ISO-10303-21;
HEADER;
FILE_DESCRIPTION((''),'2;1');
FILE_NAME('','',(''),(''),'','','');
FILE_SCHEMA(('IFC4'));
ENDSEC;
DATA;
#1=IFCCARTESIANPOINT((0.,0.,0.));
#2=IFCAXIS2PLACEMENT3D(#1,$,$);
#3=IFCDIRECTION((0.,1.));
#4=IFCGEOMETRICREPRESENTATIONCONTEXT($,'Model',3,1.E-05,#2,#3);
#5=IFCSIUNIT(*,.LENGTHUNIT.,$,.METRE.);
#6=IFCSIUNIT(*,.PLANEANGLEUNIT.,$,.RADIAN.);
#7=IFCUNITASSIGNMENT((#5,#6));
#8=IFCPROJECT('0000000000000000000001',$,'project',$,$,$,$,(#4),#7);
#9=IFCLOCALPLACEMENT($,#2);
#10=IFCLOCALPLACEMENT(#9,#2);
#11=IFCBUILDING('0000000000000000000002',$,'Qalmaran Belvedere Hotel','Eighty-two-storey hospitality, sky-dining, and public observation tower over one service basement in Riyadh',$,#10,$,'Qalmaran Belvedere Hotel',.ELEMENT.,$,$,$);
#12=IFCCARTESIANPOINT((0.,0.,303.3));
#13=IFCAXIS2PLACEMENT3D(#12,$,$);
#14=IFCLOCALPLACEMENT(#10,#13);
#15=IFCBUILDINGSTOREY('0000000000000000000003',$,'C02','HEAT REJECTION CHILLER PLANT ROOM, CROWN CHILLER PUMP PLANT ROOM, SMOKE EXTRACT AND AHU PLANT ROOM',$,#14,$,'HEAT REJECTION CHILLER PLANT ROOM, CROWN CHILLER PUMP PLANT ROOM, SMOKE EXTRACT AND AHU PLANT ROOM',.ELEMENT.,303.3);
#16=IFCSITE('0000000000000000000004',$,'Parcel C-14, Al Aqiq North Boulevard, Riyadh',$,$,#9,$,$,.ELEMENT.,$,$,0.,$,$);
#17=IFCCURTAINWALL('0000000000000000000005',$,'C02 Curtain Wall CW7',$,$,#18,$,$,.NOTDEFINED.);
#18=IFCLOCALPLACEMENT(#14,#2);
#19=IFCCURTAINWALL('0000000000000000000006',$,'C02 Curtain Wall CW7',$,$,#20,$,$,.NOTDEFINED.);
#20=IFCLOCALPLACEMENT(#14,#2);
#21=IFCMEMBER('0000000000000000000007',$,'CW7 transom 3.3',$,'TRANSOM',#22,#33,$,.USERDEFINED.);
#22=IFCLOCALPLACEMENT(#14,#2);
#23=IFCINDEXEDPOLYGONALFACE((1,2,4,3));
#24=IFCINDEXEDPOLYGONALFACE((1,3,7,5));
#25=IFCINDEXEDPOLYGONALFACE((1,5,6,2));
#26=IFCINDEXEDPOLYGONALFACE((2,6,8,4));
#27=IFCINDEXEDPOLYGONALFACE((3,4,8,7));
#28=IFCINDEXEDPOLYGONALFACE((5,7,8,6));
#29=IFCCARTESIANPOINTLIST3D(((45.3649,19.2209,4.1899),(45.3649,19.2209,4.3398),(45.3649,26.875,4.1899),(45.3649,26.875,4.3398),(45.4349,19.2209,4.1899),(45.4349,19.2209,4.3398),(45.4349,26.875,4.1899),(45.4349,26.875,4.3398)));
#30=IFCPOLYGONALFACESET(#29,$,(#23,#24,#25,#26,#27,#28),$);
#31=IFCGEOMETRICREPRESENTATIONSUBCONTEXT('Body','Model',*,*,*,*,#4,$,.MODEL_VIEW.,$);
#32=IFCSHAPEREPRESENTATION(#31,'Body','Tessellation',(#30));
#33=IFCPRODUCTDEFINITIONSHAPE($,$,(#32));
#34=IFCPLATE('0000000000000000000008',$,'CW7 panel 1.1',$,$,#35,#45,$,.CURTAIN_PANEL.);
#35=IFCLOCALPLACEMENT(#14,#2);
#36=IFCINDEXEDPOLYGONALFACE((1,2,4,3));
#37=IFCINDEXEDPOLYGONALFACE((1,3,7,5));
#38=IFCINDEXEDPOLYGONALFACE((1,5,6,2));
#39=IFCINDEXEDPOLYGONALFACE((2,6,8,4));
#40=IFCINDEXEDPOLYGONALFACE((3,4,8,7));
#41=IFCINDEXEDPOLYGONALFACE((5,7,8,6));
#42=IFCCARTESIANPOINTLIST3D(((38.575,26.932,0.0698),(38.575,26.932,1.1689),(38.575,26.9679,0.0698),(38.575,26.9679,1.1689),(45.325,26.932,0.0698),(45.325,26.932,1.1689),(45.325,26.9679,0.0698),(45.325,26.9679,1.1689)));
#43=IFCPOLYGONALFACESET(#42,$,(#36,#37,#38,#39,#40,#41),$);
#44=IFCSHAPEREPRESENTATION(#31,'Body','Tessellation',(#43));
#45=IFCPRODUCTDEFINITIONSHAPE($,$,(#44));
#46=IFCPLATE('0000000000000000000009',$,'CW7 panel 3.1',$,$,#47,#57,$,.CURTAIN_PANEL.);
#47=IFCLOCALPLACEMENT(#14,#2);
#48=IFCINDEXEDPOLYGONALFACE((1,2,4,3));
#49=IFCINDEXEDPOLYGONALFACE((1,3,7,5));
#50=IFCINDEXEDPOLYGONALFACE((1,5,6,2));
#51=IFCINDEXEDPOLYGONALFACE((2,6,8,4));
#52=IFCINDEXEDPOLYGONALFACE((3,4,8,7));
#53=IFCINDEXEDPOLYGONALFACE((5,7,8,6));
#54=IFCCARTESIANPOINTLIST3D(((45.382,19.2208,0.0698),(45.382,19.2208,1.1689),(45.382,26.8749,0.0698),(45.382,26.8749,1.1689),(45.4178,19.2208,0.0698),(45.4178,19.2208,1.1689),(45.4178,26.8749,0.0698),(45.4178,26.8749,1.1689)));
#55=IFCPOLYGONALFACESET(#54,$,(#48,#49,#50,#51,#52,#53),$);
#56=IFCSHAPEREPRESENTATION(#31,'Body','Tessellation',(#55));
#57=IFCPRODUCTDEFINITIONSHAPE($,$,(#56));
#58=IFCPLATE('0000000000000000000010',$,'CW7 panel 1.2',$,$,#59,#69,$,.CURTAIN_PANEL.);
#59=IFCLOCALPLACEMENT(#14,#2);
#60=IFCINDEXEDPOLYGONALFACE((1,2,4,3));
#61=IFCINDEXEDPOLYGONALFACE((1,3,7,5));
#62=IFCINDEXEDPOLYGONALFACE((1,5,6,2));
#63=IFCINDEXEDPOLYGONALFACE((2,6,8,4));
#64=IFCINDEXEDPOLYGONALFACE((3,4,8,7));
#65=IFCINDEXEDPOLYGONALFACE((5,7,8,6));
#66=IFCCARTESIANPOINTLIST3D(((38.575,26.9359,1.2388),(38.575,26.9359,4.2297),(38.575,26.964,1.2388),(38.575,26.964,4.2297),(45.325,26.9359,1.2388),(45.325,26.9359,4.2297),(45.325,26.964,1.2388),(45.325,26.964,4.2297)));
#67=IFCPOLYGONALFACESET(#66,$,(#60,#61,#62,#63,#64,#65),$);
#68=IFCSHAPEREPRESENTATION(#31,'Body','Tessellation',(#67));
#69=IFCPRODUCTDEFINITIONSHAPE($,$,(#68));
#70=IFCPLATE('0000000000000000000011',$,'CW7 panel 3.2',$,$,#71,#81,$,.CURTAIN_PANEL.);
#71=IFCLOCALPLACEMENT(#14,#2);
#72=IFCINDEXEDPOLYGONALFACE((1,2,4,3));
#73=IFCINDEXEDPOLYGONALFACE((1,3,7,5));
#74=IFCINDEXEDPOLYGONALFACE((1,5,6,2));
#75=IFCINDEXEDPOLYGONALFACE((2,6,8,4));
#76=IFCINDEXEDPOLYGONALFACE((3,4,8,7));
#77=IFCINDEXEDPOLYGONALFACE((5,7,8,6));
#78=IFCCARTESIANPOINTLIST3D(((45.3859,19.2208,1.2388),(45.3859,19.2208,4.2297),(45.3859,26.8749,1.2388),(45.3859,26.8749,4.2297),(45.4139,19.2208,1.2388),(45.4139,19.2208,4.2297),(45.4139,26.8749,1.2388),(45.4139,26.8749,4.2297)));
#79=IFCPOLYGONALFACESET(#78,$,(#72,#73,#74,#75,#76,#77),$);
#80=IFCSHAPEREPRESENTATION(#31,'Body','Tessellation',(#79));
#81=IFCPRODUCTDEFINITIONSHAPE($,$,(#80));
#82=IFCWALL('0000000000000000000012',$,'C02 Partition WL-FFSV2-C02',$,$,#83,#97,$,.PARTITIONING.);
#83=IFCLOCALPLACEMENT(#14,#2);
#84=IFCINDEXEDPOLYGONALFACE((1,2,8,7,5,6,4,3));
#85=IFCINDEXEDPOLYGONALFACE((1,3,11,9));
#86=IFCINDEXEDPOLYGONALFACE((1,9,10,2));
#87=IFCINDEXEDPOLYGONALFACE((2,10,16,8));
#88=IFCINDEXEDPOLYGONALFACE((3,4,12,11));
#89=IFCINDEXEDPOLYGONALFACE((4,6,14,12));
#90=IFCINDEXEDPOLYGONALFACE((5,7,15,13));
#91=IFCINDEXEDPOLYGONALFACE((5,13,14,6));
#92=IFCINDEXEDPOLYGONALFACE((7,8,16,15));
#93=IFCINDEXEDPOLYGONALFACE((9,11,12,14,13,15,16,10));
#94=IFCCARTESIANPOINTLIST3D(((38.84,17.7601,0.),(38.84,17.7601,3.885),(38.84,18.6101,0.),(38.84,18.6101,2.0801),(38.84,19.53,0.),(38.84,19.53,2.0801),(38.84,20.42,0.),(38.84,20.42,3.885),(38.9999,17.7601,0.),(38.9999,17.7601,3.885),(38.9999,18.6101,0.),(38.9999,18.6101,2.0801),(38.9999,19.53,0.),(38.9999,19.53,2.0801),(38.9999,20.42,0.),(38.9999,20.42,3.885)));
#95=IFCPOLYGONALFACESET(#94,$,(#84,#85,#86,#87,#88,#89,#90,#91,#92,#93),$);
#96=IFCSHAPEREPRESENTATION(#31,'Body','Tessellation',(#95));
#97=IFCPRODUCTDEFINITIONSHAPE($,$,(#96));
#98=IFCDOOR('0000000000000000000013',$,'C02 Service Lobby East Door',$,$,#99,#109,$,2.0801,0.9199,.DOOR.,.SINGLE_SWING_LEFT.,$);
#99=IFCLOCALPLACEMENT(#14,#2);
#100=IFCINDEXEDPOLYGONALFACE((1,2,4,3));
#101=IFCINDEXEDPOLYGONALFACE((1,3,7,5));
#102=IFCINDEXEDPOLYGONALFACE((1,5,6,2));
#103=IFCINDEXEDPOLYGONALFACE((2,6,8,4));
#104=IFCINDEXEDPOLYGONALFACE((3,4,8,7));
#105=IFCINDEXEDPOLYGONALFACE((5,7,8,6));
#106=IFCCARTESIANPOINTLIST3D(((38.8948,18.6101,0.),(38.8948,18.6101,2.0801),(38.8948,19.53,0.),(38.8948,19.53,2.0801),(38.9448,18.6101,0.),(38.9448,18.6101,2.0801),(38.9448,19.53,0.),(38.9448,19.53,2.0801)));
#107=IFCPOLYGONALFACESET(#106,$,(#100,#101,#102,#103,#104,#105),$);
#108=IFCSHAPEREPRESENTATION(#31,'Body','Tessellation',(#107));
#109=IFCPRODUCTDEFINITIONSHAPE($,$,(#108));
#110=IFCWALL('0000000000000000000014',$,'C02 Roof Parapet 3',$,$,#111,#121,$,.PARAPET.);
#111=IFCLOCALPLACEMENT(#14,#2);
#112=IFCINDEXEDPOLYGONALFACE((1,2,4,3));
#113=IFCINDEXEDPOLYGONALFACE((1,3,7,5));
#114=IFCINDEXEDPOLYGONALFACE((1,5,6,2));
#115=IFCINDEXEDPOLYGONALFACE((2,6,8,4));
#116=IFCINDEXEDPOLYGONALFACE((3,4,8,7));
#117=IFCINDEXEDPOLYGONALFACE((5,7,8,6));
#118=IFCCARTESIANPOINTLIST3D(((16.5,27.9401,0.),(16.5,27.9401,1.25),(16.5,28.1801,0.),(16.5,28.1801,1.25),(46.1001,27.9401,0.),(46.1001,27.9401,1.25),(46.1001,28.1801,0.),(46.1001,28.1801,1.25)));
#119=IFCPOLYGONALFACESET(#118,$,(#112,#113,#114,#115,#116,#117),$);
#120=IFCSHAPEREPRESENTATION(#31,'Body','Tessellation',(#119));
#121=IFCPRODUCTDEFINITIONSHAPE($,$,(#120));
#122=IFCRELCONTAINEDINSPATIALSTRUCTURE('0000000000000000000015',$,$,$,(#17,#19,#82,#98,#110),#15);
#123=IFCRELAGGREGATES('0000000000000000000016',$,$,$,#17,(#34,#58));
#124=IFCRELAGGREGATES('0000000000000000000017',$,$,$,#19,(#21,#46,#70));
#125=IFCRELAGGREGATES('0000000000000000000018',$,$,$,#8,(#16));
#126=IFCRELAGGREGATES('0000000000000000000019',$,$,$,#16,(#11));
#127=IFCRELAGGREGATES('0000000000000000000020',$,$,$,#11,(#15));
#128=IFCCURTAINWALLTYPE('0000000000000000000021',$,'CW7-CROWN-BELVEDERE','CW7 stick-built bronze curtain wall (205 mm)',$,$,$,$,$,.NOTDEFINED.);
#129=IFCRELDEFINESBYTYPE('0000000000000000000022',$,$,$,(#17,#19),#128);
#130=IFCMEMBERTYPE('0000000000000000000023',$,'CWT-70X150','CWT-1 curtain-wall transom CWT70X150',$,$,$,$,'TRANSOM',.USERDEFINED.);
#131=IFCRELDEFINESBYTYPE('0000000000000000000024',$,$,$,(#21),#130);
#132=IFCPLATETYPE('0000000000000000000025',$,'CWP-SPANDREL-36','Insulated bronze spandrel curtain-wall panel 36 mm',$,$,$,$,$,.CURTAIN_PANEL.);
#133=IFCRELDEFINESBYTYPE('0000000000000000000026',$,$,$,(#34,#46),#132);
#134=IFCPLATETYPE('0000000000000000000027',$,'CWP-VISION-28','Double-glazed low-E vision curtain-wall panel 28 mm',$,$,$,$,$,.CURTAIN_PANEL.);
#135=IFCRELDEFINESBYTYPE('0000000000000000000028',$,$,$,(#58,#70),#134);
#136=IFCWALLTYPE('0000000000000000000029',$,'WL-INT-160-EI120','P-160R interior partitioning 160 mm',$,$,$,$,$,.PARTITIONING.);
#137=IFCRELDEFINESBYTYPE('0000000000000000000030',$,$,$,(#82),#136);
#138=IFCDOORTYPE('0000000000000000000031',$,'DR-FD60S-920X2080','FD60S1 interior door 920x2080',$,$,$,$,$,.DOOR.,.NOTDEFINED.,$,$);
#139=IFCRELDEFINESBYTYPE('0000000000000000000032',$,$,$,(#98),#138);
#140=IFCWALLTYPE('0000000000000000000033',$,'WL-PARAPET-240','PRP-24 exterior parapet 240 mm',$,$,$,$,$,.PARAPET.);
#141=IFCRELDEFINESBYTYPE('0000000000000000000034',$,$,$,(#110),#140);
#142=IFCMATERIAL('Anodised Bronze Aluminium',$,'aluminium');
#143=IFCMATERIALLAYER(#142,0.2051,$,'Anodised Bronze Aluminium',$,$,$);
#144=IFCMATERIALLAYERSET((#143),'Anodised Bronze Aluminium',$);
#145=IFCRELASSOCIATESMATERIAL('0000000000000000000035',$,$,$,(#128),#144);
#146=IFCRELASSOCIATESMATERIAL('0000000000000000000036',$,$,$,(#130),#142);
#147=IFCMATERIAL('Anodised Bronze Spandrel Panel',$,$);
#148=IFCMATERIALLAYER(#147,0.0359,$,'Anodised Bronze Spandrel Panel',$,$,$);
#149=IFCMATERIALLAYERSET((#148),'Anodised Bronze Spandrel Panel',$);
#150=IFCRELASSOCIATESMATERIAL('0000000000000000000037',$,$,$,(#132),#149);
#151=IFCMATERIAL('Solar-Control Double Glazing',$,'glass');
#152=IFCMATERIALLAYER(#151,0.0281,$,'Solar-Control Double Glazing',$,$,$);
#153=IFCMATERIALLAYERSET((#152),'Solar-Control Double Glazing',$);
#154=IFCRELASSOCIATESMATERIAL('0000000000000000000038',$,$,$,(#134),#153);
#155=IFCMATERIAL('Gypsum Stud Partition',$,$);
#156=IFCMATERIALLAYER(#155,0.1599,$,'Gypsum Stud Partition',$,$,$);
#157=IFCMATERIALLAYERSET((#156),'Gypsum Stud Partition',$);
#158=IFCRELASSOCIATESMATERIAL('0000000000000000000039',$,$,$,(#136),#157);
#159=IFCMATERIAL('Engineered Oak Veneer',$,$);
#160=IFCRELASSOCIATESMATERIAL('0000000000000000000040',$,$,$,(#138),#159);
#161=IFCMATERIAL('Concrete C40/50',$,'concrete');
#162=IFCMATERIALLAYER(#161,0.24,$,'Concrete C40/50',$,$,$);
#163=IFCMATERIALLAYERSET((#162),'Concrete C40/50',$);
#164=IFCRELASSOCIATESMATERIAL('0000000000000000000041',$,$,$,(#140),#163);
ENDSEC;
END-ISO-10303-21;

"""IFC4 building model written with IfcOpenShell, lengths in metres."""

from ifc_helpers import new_model, si_unit, direction, frame, frame_2d, origin, origin_2d, place, context, subcontext, project, spatial, rectangle, extrude, material, layer, layer_set, material_profile, profile_set, type_object, element, fill, aggregate, save


model = new_model("IFC4")

# Units and contexts
model_context = context("Model", 3, precision=1e-05, world=origin(), true_north=direction((0.0, 1.0)))
body_context = subcontext(model_context, "Body", "Model", "MODEL_VIEW")
ifc_project = project(units=[si_unit("LENGTHUNIT", "METRE"), si_unit("PLANEANGLEUNIT", "RADIAN")], contexts=[model_context])

# Site, building, storey
site_placement = place(None, origin())
site = spatial("IfcSite", under=ifc_project, at=site_placement, Name="Parcel C-14, Al Aqiq North Boulevard, Riyadh", CompositionType="ELEMENT", RefElevation=0.0)
building_placement = place(site_placement, origin())
building = spatial("IfcBuilding", under=site, at=building_placement, Name="Qalmaran Belvedere Hotel", Description="Eighty-two-storey hospitality, sky-dining, and public observation tower over one service basement in Riyadh", LongName="Qalmaran Belvedere Hotel", CompositionType="ELEMENT")
storey_placement = place(building_placement, frame((0.0, 0.0, 303.3)))
storey = spatial("IfcBuildingStorey", under=building, at=storey_placement, Name="C02", Description="HEAT REJECTION CHILLER PLANT ROOM, CROWN CHILLER PUMP PLANT ROOM, SMOKE EXTRACT AND AHU PLANT ROOM", LongName="HEAT REJECTION CHILLER PLANT ROOM, CROWN CHILLER PUMP PLANT ROOM, SMOKE EXTRACT AND AHU PLANT ROOM", CompositionType="ELEMENT", Elevation=303.3)

# Curtain walls
ifc_material_1 = material(Name="Anodised Bronze Aluminium", Category="aluminium")
ifc_layer_1 = layer(ifc_material_1, 0.2051, Name="Anodised Bronze Aluminium")
ifc_layer_set_1 = layer_set([ifc_layer_1], Name="Anodised Bronze Aluminium")
curtain_wall_type = type_object("IfcCurtainWallType", Name="CW7-CROWN-BELVEDERE", Description="CW7 stick-built bronze curtain wall (205 mm)", PredefinedType="NOTDEFINED", material=ifc_layer_set_1)
curtain_wall_1_placement = place(storey_placement, origin())
curtain_wall_1 = element("IfcCurtainWall", 1, at=curtain_wall_1_placement, inside=storey, type_object=curtain_wall_type, Name="C02 Curtain Wall CW7", PredefinedType="NOTDEFINED")
curtain_wall_2_placement = place(storey_placement, origin())
curtain_wall_2 = element("IfcCurtainWall", 2, at=curtain_wall_2_placement, inside=storey, type_object=curtain_wall_type, Name="C02 Curtain Wall CW7", PredefinedType="NOTDEFINED")

# Member
ifc_material_profile_1 = material_profile(ifc_material_1, rectangle(XDim=0.0701, YDim=0.1499, at=origin_2d()), Name="CWT70X150")
ifc_profile_set_1 = profile_set([ifc_material_profile_1], Name="Anodised Bronze Aluminium")
member_type_1 = type_object("IfcMemberType", Name="CWT-70X150", Description="CWT-1 curtain-wall transom CWT70X150", ElementType="TRANSOM", PredefinedType="USERDEFINED", material=ifc_profile_set_1)
member_1_placement = place(storey_placement, frame((45.3999, 19.2209, 4.2649), z_axis=(0.0, 1.0, 0.0), x_axis=(-1.0, 0.0, 0.0)))
member_1 = element("IfcMember", 3, at=member_1_placement, type_object=member_type_1, Name="CW7 transom 3.3", ObjectType="TRANSOM", PredefinedType="USERDEFINED", context=body_context, shape_type="SweptSolid", body=[
    extrude(rectangle(XDim=0.0701, YDim=0.1499, at=origin_2d()), origin(), (0.0, 0.0, 1.0), 7.6541),
])

# Plates
ifc_material_2 = material(Name="Anodised Bronze Spandrel Panel")
ifc_layer_2 = layer(ifc_material_2, 0.0359, Name="Anodised Bronze Spandrel Panel")
ifc_layer_set_2 = layer_set([ifc_layer_2], Name="Anodised Bronze Spandrel Panel")
plate_type_1 = type_object("IfcPlateType", Name="CWP-SPANDREL-36", Description="Insulated bronze spandrel curtain-wall panel 36 mm", PredefinedType="CURTAIN_PANEL", material=ifc_layer_set_2)
plate_1_placement = place(storey_placement, frame((41.95, 26.95, 0.0698), z_axis=(0.0, 0.0, 1.0), x_axis=(-1.0, 0.0, 0.0)))
plate_1 = element("IfcPlate", 4, at=plate_1_placement, type_object=plate_type_1, Name="CW7 panel 1.1", PredefinedType="CURTAIN_PANEL", context=body_context, shape_type="SweptSolid", body=[
    extrude(rectangle(XDim=6.75, YDim=0.0359, at=origin_2d()), origin(), (0.0, 0.0, 1.0), 1.0991),
])
plate_2_placement = place(storey_placement, frame((45.3999, 23.0479, 0.0698), z_axis=(0.0, 0.0, 1.0), x_axis=(0.0, 1.0, 0.0)))
plate_2 = element("IfcPlate", 5, at=plate_2_placement, type_object=plate_type_1, Name="CW7 panel 3.1", PredefinedType="CURTAIN_PANEL", context=body_context, shape_type="SweptSolid", body=[
    extrude(rectangle(XDim=7.6541, YDim=0.0359, at=origin_2d()), origin(), (0.0, 0.0, 1.0), 1.0991),
])
ifc_material_3 = material(Name="Solar-Control Double Glazing", Category="glass")
ifc_layer_3 = layer(ifc_material_3, 0.0281, Name="Solar-Control Double Glazing")
ifc_layer_set_3 = layer_set([ifc_layer_3], Name="Solar-Control Double Glazing")
plate_type_2 = type_object("IfcPlateType", Name="CWP-VISION-28", Description="Double-glazed low-E vision curtain-wall panel 28 mm", PredefinedType="CURTAIN_PANEL", material=ifc_layer_set_3)
plate_3_placement = place(storey_placement, frame((41.95, 26.95, 1.2388), z_axis=(0.0, 0.0, 1.0), x_axis=(-1.0, 0.0, 0.0)))
plate_3 = element("IfcPlate", 6, at=plate_3_placement, type_object=plate_type_2, Name="CW7 panel 1.2", PredefinedType="CURTAIN_PANEL", context=body_context, shape_type="SweptSolid", body=[
    extrude(rectangle(XDim=6.75, YDim=0.0281, at=origin_2d()), origin(), (0.0, 0.0, 1.0), 2.991),
])
aggregate(curtain_wall_1, [plate_1, plate_3])
plate_4_placement = place(storey_placement, frame((45.3999, 23.0479, 1.2388), z_axis=(0.0, 0.0, 1.0), x_axis=(0.0, 1.0, 0.0)))
plate_4 = element("IfcPlate", 7, at=plate_4_placement, type_object=plate_type_2, Name="CW7 panel 3.2", PredefinedType="CURTAIN_PANEL", context=body_context, shape_type="SweptSolid", body=[
    extrude(rectangle(XDim=7.6541, YDim=0.0281, at=origin_2d()), origin(), (0.0, 0.0, 1.0), 2.991),
])
aggregate(curtain_wall_2, [member_1, plate_2, plate_4])

# Wall, opening, door
ifc_material_4 = material(Name="Gypsum Stud Partition")
ifc_layer_4 = layer(ifc_material_4, 0.1599, Name="Gypsum Stud Partition")
ifc_layer_set_4 = layer_set([ifc_layer_4], Name="Gypsum Stud Partition")
wall_type_1 = type_object("IfcWallType", Name="WL-INT-160-EI120", Description="P-160R interior partitioning 160 mm", PredefinedType="PARTITIONING", material=ifc_layer_set_4)
wall_1_placement = place(storey_placement, frame((38.9199, 17.76, 0.0), z_axis=(0.0, 0.0, 1.0), x_axis=(0.0, 1.0, 0.0)))
wall_1 = element("IfcWall", 8, at=wall_1_placement, inside=storey, type_object=wall_type_1, Name="C02 Partition WL-FFSV2-C02", PredefinedType="PARTITIONING", context=body_context, shape_type="SweptSolid", body=[
    extrude(rectangle(XDim=2.6599, YDim=0.1599, at=frame_2d((1.3301, 0.0))), origin(), (0.0, 0.0, 1.0), 3.885),
])
opening_placement = place(wall_1_placement, frame((1.77, 0.0, 0.0), z_axis=(0.0, 0.0, 1.0), x_axis=(-1.0, 0.0, 0.0)))
opening = element("IfcOpeningElement", 9, at=opening_placement, cuts=wall_1, PredefinedType="OPENING", context=body_context, shape_type="SweptSolid", body=[
    extrude(rectangle(XDim=0.9199, YDim=2.0801, at=frame_2d((0.46, 1.04))), frame((0.0, 0.0898, 0.0), z_axis=(0.0, -1.0, 0.0), x_axis=(1.0, 0.0, 0.0)), (0.0, 0.0, 1.0), 0.1799),
])
ifc_material_5 = material(Name="Engineered Oak Veneer")
door_type = type_object("IfcDoorType", Name="DR-FD60S-920X2080", Description="FD60S1 interior door 920x2080", OperationType="NOTDEFINED", PredefinedType="DOOR", material=ifc_material_5)
door_placement = place(opening_placement, origin())
door = element("IfcDoor", 10, at=door_placement, inside=storey, type_object=door_type, Name="C02 Service Lobby East Door", OperationType="SINGLE_SWING_LEFT", OverallHeight=2.0801, OverallWidth=0.9199, PredefinedType="DOOR", context=body_context, shape_type="SweptSolid", body=[
    extrude(rectangle(XDim=0.9199, YDim=2.0801, at=frame_2d((0.46, 1.04))), frame((0.0, 0.0249, 0.0), z_axis=(0.0, -1.0, 0.0), x_axis=(1.0, 0.0, 0.0)), (0.0, 0.0, 1.0), 0.05),
])
fill(opening, door)

# Wall
ifc_material_6 = material(Name="Concrete C40/50", Category="concrete")
ifc_layer_5 = layer(ifc_material_6, 0.24, Name="Concrete C40/50")
ifc_layer_set_5 = layer_set([ifc_layer_5], Name="Concrete C40/50")
wall_type_2 = type_object("IfcWallType", Name="WL-PARAPET-240", Description="PRP-24 exterior parapet 240 mm", PredefinedType="PARAPET", material=ifc_layer_set_5)
wall_2_placement = place(storey_placement, frame((46.1001, 28.0601, 0.0), z_axis=(0.0, 0.0, 1.0), x_axis=(-1.0, 0.0, 0.0)))
element("IfcWall", 11, at=wall_2_placement, inside=storey, type_object=wall_type_2, Name="C02 Roof Parapet 3", PredefinedType="PARAPET", context=body_context, shape_type="SweptSolid", body=[
    extrude(rectangle(XDim=29.6001, YDim=0.24, at=frame_2d((14.8, 0.0))), origin(), (0.0, 0.0, 1.0), 1.25),
])

save(model, "model.ifc")
